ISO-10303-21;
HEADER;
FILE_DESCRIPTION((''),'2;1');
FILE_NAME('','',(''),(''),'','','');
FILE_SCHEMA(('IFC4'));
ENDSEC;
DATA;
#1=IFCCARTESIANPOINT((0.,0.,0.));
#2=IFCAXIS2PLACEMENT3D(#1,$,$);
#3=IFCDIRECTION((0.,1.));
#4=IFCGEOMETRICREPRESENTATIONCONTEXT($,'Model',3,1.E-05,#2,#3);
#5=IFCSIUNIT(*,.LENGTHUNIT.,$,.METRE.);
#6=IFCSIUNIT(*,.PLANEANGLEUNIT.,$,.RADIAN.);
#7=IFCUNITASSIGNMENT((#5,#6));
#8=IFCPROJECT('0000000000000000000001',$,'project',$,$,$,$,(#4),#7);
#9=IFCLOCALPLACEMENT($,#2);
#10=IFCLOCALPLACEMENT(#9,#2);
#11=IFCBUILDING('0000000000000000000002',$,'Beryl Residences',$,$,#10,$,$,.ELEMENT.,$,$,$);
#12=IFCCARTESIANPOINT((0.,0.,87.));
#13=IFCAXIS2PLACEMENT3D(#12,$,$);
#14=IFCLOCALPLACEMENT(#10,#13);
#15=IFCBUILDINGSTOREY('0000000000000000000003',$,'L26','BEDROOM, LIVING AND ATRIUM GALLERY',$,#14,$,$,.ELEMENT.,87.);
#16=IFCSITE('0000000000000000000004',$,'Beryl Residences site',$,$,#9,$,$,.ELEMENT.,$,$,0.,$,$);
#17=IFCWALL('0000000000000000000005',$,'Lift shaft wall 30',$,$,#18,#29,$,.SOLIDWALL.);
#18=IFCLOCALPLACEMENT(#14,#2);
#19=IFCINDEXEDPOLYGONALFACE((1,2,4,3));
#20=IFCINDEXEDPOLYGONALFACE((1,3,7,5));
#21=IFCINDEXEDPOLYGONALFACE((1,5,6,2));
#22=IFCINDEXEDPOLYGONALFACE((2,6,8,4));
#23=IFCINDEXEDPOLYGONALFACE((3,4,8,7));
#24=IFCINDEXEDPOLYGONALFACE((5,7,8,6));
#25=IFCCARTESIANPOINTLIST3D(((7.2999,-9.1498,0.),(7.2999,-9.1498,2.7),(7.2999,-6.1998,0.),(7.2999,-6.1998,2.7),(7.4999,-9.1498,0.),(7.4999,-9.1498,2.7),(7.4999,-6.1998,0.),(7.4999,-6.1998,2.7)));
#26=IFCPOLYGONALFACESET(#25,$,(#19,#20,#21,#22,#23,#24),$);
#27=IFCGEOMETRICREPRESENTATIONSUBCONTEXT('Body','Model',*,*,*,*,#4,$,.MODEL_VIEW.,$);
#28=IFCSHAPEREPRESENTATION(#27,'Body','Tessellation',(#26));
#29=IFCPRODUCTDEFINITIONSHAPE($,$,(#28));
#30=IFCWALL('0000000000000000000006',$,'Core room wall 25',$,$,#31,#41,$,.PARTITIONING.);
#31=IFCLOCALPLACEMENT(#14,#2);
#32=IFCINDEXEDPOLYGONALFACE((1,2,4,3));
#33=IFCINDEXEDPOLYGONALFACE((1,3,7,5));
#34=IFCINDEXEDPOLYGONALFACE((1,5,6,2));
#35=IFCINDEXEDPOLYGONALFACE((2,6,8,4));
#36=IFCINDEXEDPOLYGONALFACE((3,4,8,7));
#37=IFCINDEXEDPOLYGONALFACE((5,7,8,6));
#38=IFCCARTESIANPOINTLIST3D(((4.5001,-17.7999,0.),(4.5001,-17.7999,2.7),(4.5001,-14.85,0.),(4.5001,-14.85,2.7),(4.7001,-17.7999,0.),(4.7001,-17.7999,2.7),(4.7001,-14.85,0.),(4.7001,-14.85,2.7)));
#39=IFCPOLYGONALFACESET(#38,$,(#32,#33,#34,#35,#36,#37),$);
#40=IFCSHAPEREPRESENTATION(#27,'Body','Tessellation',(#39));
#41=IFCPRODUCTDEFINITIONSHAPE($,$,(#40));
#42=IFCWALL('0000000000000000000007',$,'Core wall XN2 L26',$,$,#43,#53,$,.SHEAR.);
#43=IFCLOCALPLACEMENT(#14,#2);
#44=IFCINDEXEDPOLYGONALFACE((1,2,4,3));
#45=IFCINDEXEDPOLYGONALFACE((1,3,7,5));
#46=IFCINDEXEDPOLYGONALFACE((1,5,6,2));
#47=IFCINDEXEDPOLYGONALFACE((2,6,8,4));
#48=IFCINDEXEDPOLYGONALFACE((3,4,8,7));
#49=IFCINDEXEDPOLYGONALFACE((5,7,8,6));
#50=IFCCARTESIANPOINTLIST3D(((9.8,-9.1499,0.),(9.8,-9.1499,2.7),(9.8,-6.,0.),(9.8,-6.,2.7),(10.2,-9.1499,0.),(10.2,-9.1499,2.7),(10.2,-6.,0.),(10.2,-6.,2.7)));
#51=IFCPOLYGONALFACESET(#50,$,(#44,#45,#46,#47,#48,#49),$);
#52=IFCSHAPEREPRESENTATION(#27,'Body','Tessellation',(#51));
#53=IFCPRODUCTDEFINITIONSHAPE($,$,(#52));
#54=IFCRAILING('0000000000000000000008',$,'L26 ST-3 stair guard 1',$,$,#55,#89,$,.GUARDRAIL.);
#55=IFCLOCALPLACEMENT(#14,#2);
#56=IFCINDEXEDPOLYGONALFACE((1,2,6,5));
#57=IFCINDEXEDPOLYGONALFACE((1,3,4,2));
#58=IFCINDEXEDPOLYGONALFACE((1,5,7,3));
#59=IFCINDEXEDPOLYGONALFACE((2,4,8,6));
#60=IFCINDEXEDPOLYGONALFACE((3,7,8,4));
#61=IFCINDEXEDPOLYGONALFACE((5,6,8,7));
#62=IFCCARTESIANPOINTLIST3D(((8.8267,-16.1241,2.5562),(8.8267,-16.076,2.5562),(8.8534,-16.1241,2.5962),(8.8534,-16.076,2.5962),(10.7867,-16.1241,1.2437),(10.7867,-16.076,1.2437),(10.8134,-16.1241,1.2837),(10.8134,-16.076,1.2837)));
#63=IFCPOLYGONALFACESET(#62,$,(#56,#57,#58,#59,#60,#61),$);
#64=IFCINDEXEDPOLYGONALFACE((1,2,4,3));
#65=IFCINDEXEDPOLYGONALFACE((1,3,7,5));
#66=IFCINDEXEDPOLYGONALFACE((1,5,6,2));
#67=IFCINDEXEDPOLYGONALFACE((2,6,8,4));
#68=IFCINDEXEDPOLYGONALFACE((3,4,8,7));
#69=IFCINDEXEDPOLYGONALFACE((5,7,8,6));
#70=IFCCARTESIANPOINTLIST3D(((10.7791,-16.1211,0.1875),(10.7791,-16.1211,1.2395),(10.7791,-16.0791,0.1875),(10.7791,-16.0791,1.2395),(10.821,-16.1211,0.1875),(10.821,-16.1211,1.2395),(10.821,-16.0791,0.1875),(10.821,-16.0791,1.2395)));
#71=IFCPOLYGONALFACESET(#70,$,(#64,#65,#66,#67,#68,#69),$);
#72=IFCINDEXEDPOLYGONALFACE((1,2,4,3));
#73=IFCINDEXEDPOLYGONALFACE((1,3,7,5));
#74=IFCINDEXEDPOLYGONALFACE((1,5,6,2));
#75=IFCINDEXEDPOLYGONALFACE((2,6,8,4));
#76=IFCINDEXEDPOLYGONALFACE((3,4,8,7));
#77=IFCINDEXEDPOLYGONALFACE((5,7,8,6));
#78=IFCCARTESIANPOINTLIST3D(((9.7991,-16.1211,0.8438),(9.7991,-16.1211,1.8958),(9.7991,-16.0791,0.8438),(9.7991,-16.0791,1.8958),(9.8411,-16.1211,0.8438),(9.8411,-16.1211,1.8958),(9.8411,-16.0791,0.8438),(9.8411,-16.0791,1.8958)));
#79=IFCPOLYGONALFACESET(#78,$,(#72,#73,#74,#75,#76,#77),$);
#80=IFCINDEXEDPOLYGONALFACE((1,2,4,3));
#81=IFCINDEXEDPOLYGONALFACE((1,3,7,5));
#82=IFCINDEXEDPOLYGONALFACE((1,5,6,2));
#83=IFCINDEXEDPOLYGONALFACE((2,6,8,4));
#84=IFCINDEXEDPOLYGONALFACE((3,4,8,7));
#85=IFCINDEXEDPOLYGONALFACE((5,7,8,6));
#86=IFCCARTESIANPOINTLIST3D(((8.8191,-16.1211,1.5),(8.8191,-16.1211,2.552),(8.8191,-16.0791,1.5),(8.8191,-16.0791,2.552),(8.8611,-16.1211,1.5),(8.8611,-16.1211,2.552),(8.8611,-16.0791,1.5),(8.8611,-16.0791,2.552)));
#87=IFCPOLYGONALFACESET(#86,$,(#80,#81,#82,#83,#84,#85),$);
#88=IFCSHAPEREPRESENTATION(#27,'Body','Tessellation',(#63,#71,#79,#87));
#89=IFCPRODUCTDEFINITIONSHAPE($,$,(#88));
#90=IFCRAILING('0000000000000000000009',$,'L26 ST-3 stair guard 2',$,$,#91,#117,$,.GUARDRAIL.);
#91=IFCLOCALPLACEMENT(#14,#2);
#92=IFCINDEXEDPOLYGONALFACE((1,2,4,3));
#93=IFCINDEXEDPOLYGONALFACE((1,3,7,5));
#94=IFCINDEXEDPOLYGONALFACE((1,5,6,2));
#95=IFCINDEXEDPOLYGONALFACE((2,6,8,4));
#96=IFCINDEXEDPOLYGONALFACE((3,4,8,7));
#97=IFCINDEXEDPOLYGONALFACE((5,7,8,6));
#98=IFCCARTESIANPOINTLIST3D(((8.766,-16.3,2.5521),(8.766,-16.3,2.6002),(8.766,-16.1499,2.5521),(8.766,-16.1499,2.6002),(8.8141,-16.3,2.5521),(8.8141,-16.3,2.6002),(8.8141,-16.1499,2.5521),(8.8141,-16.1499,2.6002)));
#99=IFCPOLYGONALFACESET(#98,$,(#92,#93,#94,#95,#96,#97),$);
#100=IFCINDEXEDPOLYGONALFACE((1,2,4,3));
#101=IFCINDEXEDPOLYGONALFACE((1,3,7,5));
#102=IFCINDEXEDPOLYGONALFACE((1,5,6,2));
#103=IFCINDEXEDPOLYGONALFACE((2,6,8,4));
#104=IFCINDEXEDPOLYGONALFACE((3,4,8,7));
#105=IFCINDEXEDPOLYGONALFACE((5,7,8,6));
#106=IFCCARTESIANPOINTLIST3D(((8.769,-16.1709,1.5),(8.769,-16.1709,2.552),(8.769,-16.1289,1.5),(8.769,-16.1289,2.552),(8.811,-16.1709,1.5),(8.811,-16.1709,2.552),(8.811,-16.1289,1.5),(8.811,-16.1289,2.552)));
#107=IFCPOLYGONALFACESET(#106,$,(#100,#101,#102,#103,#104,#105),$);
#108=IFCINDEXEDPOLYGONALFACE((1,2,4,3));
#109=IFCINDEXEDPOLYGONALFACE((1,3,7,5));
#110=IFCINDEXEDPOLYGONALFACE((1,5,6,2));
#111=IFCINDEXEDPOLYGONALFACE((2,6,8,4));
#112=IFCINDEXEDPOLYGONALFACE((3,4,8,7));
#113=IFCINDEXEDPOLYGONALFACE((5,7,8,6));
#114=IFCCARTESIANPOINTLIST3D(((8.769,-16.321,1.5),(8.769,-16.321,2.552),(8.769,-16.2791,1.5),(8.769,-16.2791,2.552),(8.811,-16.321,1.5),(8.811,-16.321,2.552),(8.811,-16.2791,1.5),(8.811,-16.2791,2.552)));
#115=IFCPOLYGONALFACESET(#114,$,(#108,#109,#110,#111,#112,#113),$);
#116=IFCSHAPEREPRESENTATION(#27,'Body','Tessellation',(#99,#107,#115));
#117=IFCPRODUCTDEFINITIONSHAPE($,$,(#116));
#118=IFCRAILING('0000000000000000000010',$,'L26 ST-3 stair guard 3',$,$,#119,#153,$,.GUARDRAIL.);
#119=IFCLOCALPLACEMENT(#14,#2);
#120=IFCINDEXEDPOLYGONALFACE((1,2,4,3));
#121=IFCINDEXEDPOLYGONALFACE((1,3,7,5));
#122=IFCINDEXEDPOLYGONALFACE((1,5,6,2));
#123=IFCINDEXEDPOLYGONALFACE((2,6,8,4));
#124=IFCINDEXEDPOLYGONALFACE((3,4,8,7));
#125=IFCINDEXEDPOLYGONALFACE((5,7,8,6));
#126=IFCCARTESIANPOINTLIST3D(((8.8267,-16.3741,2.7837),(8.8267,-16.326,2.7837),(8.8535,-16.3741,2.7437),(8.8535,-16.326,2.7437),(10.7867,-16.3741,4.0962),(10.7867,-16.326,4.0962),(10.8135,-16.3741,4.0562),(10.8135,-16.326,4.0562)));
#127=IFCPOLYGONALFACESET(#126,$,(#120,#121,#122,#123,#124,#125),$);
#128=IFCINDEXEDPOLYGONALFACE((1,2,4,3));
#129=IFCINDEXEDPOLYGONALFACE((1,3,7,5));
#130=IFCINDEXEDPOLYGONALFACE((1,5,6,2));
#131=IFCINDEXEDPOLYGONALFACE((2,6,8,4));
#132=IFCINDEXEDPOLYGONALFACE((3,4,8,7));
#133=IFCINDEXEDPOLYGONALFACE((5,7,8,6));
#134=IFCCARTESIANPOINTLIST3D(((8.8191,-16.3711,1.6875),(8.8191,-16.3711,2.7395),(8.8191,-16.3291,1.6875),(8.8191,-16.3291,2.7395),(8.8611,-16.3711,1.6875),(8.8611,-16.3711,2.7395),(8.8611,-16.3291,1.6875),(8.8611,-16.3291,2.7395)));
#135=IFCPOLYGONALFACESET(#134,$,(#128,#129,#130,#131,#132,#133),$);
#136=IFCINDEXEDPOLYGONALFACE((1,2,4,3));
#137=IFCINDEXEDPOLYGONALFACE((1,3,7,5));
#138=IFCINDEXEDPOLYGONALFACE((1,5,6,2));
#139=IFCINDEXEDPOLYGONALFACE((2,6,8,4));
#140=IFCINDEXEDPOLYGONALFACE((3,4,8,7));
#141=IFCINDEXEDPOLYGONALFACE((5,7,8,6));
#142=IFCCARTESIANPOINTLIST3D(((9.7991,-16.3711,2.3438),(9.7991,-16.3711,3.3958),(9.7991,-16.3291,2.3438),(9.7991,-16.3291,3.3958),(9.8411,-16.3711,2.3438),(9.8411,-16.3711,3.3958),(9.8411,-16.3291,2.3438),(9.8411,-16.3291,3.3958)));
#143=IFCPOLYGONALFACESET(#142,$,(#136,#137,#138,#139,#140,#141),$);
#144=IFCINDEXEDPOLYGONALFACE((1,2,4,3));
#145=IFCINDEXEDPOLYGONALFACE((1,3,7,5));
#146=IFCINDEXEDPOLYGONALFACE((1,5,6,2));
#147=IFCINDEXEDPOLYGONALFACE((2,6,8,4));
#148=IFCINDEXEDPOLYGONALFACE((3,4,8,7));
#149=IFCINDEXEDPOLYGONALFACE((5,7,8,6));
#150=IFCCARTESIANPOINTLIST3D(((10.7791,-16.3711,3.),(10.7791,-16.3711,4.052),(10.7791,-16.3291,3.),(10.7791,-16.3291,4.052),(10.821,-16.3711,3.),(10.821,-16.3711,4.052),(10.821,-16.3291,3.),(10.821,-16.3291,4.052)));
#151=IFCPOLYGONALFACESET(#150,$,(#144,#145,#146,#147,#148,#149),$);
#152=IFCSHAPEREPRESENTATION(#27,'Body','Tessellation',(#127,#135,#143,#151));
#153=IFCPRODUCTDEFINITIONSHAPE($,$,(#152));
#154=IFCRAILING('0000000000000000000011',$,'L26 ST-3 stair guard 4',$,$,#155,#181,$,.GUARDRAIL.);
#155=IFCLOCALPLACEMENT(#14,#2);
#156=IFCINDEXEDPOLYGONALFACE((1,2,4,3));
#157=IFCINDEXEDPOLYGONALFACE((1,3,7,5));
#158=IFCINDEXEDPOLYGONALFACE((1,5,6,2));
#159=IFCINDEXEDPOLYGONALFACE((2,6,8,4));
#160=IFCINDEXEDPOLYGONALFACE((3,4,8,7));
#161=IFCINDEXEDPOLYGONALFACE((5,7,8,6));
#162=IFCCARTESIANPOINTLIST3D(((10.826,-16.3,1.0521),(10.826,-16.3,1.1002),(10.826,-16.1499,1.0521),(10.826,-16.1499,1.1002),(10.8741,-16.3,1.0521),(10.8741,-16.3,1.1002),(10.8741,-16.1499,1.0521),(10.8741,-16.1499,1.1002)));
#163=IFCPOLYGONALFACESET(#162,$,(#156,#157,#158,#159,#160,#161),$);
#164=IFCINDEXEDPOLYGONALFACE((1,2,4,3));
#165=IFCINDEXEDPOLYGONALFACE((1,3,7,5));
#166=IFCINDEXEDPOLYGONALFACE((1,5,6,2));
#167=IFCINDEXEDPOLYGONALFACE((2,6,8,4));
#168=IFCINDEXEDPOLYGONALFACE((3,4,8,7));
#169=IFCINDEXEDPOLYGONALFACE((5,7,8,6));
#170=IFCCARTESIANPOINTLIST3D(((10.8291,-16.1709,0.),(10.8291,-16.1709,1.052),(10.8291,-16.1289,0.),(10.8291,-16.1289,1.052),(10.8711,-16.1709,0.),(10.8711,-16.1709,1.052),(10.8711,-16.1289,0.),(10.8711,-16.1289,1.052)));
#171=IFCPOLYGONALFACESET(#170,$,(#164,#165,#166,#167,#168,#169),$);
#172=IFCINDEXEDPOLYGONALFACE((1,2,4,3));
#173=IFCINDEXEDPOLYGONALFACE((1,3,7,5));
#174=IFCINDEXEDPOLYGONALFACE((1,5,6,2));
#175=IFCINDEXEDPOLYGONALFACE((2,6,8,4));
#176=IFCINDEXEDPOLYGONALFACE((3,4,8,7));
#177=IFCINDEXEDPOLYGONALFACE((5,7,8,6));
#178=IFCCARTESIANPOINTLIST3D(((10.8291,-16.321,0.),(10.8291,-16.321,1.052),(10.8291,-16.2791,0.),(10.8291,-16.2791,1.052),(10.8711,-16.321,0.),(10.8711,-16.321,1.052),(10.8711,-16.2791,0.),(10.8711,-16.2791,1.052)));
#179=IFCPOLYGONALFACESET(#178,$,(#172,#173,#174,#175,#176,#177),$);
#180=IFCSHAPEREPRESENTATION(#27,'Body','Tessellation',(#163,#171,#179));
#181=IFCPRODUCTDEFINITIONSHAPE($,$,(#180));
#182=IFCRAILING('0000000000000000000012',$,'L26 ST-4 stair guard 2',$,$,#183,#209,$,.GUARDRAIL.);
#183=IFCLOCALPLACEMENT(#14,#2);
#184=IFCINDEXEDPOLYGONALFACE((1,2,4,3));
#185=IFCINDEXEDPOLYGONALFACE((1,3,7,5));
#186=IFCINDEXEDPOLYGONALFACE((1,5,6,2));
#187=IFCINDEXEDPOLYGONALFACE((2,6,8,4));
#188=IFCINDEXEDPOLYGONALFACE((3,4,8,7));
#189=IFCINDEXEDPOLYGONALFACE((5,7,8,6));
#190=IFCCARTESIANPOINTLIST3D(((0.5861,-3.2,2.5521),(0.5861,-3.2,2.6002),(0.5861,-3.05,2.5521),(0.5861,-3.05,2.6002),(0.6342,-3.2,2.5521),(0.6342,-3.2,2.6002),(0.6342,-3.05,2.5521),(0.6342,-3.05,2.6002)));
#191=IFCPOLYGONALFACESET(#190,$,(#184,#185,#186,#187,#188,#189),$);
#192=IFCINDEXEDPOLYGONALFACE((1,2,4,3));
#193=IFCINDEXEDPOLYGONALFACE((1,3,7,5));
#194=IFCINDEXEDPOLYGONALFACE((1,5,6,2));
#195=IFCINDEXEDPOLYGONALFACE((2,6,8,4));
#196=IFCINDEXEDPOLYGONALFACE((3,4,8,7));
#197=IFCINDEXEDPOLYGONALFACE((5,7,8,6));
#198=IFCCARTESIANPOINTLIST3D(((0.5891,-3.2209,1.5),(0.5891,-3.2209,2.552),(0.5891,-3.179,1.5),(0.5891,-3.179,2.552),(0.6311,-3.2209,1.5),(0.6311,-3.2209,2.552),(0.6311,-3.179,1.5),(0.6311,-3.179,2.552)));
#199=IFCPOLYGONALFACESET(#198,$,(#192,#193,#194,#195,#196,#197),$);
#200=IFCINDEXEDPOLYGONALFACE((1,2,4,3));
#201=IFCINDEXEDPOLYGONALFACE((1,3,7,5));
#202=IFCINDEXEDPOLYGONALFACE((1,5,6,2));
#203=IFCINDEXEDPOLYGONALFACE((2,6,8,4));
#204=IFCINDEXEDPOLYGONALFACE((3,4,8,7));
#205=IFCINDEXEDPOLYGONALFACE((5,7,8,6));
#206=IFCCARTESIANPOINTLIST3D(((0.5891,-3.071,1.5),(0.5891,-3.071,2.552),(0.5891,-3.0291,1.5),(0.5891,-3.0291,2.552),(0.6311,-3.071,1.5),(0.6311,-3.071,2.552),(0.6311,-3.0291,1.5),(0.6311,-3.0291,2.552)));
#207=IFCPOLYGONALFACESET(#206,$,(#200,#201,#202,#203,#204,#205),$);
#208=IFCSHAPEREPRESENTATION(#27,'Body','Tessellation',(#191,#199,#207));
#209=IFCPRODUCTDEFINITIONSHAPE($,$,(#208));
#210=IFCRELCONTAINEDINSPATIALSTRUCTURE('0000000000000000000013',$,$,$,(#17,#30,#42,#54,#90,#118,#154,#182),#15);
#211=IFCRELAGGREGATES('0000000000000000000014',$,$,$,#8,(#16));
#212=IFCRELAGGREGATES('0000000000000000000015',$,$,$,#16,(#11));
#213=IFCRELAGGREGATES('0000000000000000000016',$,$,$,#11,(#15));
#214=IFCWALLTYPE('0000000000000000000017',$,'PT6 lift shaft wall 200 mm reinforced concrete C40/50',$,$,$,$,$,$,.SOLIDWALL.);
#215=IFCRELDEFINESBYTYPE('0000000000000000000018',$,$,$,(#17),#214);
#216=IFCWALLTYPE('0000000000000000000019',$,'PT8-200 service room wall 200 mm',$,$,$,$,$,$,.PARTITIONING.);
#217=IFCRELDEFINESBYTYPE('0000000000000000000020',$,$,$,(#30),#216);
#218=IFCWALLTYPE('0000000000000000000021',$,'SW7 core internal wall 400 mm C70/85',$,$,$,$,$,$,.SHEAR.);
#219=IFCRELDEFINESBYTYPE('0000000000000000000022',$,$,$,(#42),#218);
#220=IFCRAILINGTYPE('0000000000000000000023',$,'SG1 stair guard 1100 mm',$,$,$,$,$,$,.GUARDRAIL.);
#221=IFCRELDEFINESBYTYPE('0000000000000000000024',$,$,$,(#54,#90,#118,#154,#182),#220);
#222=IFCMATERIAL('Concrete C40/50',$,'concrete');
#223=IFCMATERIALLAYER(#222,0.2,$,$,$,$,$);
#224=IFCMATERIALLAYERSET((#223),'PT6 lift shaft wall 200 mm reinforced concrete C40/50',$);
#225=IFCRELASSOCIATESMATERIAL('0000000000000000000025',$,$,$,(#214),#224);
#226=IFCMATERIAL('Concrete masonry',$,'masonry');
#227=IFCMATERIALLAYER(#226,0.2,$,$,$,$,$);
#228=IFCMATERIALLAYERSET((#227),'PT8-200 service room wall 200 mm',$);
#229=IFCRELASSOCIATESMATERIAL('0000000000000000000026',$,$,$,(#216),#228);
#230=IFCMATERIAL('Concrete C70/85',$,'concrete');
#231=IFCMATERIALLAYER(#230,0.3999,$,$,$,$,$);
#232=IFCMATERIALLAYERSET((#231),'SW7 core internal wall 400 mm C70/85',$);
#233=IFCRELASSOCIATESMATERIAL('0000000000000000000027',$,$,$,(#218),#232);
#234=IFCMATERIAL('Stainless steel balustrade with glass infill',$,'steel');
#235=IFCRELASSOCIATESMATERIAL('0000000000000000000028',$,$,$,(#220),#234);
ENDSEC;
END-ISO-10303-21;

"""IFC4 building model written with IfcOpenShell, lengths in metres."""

from ifc_helpers import new_model, si_unit, direction, frame, frame_2d, origin, origin_2d, place, context, subcontext, project, spatial, rectangle, extrude, material, layer, layer_set, type_object, element, save


model = new_model("IFC4")

# Units and contexts
model_context = context("Model", 3, precision=1e-05, world=origin(), true_north=direction((0.0, 1.0)))
body_context = subcontext(model_context, "Body", "Model", "MODEL_VIEW")
ifc_project = project(units=[si_unit("LENGTHUNIT", "METRE"), si_unit("PLANEANGLEUNIT", "RADIAN")], contexts=[model_context])

# Site, building, storey
site_placement = place(None, origin())
site = spatial("IfcSite", under=ifc_project, at=site_placement, Name="Beryl Residences site", CompositionType="ELEMENT", RefElevation=0.0)
building_placement = place(site_placement, origin())
building = spatial("IfcBuilding", under=site, at=building_placement, Name="Beryl Residences", CompositionType="ELEMENT")
storey_placement = place(building_placement, frame((0.0, 0.0, 87.0)))
storey = spatial("IfcBuildingStorey", under=building, at=storey_placement, Name="L26", Description="BEDROOM, LIVING AND ATRIUM GALLERY", CompositionType="ELEMENT", Elevation=87.0)

# Walls
ifc_material_1 = material(Name="Concrete C40/50", Category="concrete")
ifc_layer_1 = layer(ifc_material_1, 0.2)
ifc_layer_set_1 = layer_set([ifc_layer_1], Name="PT6 lift shaft wall 200 mm reinforced concrete C40/50")
wall_type_1 = type_object("IfcWallType", Name="PT6 lift shaft wall 200 mm reinforced concrete C40/50", PredefinedType="SOLIDWALL", material=ifc_layer_set_1)
for number, where, z_axis, x_axis, name in (
    (1, (7.3999, -9.1499, 0.0), (0.0, 0.0, 1.0), (0.0, 1.0, 0.0), "Lift shaft wall 30"),
):
    element("IfcWall", number, at=place(storey_placement, frame(where, z_axis=z_axis, x_axis=x_axis)), inside=storey, type_object=wall_type_1, Name=name, PredefinedType="SOLIDWALL", context=body_context, shape_type="SweptSolid", body=[
        extrude(rectangle(XDim=2.95, YDim=0.2, at=frame_2d((1.4751, 0.0))), origin(), (0.0, 0.0, 1.0), 2.7),
    ])
ifc_material_2 = material(Name="Concrete masonry", Category="masonry")
ifc_layer_2 = layer(ifc_material_2, 0.2)
ifc_layer_set_2 = layer_set([ifc_layer_2], Name="PT8-200 service room wall 200 mm")
wall_type_2 = type_object("IfcWallType", Name="PT8-200 service room wall 200 mm", PredefinedType="PARTITIONING", material=ifc_layer_set_2)
wall_1_placement = place(storey_placement, frame((4.6001, -17.8, 0.0), z_axis=(0.0, 0.0, 1.0), x_axis=(0.0, 1.0, 0.0)))
element("IfcWall", 2, at=wall_1_placement, inside=storey, type_object=wall_type_2, Name="Core room wall 25", PredefinedType="PARTITIONING", context=body_context, shape_type="SweptSolid", body=[
    extrude(rectangle(XDim=2.95, YDim=0.2, at=frame_2d((1.4751, 0.0))), origin(), (0.0, 0.0, 1.0), 2.7),
])
ifc_material_3 = material(Name="Concrete C70/85", Category="concrete")
ifc_layer_3 = layer(ifc_material_3, 0.3999)
ifc_layer_set_3 = layer_set([ifc_layer_3], Name="SW7 core internal wall 400 mm C70/85")
wall_type_3 = type_object("IfcWallType", Name="SW7 core internal wall 400 mm C70/85", PredefinedType="SHEAR", material=ifc_layer_set_3)
wall_2_placement = place(storey_placement, frame((10.0, -9.1499, 0.0), z_axis=(0.0, 0.0, 1.0), x_axis=(0.0, 1.0, 0.0)))
element("IfcWall", 3, at=wall_2_placement, inside=storey, type_object=wall_type_3, Name="Core wall XN2 L26", PredefinedType="SHEAR", context=body_context, shape_type="SweptSolid", body=[
    extrude(rectangle(XDim=3.1499, YDim=0.3999, at=frame_2d((1.575, 0.0))), origin(), (0.0, 0.0, 1.0), 2.7),
])

# Railings
ifc_material_4 = material(Name="Stainless steel balustrade with glass infill", Category="steel")
railing_type_1 = type_object("IfcRailingType", Name="SG1 stair guard 1100 mm", PredefinedType="GUARDRAIL", material=ifc_material_4)
railing_1_placement = place(storey_placement, frame((10.8, -16.1001, 0.1875)))
element("IfcRailing", 4, at=railing_1_placement, inside=storey, type_object=railing_type_1, Name="L26 ST-3 stair guard 1", PredefinedType="GUARDRAIL", context=body_context, shape_type="SweptSolid", body=[
    extrude(rectangle(XDim=0.0481, YDim=0.0481, at=origin_2d()), frame((0.0, 0.0, 1.0762), z_axis=(-0.830902, 0.0, 0.556419), x_axis=(0.0, -1.0, 0.0)), (0.0, 0.0, 1.0), 2.3589),
    extrude(rectangle(XDim=0.042, YDim=0.042, at=origin_2d()), origin(), (0.0, 0.0, 1.0), 1.052),
    extrude(rectangle(XDim=0.042, YDim=0.042, at=origin_2d()), frame((-0.98, 0.0, 0.6562)), (0.0, 0.0, 1.0), 1.052),
    extrude(rectangle(XDim=0.042, YDim=0.042, at=origin_2d()), frame((-1.96, 0.0, 1.3125)), (0.0, 0.0, 1.0), 1.052),
])
railing_2_placement = place(storey_placement, frame((8.79, -16.1499, 1.5)))
element("IfcRailing", 5, at=railing_2_placement, inside=storey, type_object=railing_type_1, Name="L26 ST-3 stair guard 2", PredefinedType="GUARDRAIL", context=body_context, shape_type="SweptSolid", body=[
    extrude(rectangle(XDim=0.0481, YDim=0.0481, at=origin_2d()), frame((0.0, 0.0, 1.0762), z_axis=(0.0, -1.0, 0.0), x_axis=(1.0, 0.0, 0.0)), (0.0, 0.0, 1.0), 0.1501),
    extrude(rectangle(XDim=0.042, YDim=0.042, at=origin_2d()), origin(), (0.0, 0.0, 1.0), 1.052),
    extrude(rectangle(XDim=0.042, YDim=0.042, at=origin_2d()), frame((0.0, -0.1501, 0.0)), (0.0, 0.0, 1.0), 1.052),
])
railing_3_placement = place(storey_placement, frame((8.8401, -16.3501, 1.6875)))
element("IfcRailing", 6, at=railing_3_placement, inside=storey, type_object=railing_type_1, Name="L26 ST-3 stair guard 3", PredefinedType="GUARDRAIL", context=body_context, shape_type="SweptSolid", body=[
    extrude(rectangle(XDim=0.0481, YDim=0.0481, at=origin_2d()), frame((0.0, 0.0, 1.0762), z_axis=(0.830902, 0.0, 0.556419), x_axis=(0.0, 1.0, 0.0)), (0.0, 0.0, 1.0), 2.3589),
    extrude(rectangle(XDim=0.042, YDim=0.042, at=origin_2d()), origin(), (0.0, 0.0, 1.0), 1.052),
    extrude(rectangle(XDim=0.042, YDim=0.042, at=origin_2d()), frame((0.98, 0.0, 0.6562)), (0.0, 0.0, 1.0), 1.052),
    extrude(rectangle(XDim=0.042, YDim=0.042, at=origin_2d()), frame((1.96, 0.0, 1.3125)), (0.0, 0.0, 1.0), 1.052),
])
railing_4_placement = place(storey_placement, frame((10.8501, -16.1499, 0.0)))
element("IfcRailing", 7, at=railing_4_placement, inside=storey, type_object=railing_type_1, Name="L26 ST-3 stair guard 4", PredefinedType="GUARDRAIL", context=body_context, shape_type="SweptSolid", body=[
    extrude(rectangle(XDim=0.0481, YDim=0.0481, at=origin_2d()), frame((0.0, 0.0, 1.0762), z_axis=(0.0, -1.0, 0.0), x_axis=(1.0, 0.0, 0.0)), (0.0, 0.0, 1.0), 0.1501),
    extrude(rectangle(XDim=0.042, YDim=0.042, at=origin_2d()), origin(), (0.0, 0.0, 1.0), 1.052),
    extrude(rectangle(XDim=0.042, YDim=0.042, at=origin_2d()), frame((0.0, -0.1501, 0.0)), (0.0, 0.0, 1.0), 1.052),
])
railing_5_placement = place(storey_placement, frame((0.6101, -3.2, 1.5)))
element("IfcRailing", 8, at=railing_5_placement, inside=storey, type_object=railing_type_1, Name="L26 ST-4 stair guard 2", PredefinedType="GUARDRAIL", context=body_context, shape_type="SweptSolid", body=[
    extrude(rectangle(XDim=0.0481, YDim=0.0481, at=origin_2d()), frame((0.0, 0.0, 1.0762), z_axis=(0.0, 1.0, 0.0), x_axis=(-1.0, 0.0, 0.0)), (0.0, 0.0, 1.0), 0.1499),
    extrude(rectangle(XDim=0.042, YDim=0.042, at=origin_2d()), origin(), (0.0, 0.0, 1.0), 1.052),
    extrude(rectangle(XDim=0.042, YDim=0.042, at=origin_2d()), frame((0.0, 0.1499, 0.0)), (0.0, 0.0, 1.0), 1.052),
])

save(model, "model.ifc")
